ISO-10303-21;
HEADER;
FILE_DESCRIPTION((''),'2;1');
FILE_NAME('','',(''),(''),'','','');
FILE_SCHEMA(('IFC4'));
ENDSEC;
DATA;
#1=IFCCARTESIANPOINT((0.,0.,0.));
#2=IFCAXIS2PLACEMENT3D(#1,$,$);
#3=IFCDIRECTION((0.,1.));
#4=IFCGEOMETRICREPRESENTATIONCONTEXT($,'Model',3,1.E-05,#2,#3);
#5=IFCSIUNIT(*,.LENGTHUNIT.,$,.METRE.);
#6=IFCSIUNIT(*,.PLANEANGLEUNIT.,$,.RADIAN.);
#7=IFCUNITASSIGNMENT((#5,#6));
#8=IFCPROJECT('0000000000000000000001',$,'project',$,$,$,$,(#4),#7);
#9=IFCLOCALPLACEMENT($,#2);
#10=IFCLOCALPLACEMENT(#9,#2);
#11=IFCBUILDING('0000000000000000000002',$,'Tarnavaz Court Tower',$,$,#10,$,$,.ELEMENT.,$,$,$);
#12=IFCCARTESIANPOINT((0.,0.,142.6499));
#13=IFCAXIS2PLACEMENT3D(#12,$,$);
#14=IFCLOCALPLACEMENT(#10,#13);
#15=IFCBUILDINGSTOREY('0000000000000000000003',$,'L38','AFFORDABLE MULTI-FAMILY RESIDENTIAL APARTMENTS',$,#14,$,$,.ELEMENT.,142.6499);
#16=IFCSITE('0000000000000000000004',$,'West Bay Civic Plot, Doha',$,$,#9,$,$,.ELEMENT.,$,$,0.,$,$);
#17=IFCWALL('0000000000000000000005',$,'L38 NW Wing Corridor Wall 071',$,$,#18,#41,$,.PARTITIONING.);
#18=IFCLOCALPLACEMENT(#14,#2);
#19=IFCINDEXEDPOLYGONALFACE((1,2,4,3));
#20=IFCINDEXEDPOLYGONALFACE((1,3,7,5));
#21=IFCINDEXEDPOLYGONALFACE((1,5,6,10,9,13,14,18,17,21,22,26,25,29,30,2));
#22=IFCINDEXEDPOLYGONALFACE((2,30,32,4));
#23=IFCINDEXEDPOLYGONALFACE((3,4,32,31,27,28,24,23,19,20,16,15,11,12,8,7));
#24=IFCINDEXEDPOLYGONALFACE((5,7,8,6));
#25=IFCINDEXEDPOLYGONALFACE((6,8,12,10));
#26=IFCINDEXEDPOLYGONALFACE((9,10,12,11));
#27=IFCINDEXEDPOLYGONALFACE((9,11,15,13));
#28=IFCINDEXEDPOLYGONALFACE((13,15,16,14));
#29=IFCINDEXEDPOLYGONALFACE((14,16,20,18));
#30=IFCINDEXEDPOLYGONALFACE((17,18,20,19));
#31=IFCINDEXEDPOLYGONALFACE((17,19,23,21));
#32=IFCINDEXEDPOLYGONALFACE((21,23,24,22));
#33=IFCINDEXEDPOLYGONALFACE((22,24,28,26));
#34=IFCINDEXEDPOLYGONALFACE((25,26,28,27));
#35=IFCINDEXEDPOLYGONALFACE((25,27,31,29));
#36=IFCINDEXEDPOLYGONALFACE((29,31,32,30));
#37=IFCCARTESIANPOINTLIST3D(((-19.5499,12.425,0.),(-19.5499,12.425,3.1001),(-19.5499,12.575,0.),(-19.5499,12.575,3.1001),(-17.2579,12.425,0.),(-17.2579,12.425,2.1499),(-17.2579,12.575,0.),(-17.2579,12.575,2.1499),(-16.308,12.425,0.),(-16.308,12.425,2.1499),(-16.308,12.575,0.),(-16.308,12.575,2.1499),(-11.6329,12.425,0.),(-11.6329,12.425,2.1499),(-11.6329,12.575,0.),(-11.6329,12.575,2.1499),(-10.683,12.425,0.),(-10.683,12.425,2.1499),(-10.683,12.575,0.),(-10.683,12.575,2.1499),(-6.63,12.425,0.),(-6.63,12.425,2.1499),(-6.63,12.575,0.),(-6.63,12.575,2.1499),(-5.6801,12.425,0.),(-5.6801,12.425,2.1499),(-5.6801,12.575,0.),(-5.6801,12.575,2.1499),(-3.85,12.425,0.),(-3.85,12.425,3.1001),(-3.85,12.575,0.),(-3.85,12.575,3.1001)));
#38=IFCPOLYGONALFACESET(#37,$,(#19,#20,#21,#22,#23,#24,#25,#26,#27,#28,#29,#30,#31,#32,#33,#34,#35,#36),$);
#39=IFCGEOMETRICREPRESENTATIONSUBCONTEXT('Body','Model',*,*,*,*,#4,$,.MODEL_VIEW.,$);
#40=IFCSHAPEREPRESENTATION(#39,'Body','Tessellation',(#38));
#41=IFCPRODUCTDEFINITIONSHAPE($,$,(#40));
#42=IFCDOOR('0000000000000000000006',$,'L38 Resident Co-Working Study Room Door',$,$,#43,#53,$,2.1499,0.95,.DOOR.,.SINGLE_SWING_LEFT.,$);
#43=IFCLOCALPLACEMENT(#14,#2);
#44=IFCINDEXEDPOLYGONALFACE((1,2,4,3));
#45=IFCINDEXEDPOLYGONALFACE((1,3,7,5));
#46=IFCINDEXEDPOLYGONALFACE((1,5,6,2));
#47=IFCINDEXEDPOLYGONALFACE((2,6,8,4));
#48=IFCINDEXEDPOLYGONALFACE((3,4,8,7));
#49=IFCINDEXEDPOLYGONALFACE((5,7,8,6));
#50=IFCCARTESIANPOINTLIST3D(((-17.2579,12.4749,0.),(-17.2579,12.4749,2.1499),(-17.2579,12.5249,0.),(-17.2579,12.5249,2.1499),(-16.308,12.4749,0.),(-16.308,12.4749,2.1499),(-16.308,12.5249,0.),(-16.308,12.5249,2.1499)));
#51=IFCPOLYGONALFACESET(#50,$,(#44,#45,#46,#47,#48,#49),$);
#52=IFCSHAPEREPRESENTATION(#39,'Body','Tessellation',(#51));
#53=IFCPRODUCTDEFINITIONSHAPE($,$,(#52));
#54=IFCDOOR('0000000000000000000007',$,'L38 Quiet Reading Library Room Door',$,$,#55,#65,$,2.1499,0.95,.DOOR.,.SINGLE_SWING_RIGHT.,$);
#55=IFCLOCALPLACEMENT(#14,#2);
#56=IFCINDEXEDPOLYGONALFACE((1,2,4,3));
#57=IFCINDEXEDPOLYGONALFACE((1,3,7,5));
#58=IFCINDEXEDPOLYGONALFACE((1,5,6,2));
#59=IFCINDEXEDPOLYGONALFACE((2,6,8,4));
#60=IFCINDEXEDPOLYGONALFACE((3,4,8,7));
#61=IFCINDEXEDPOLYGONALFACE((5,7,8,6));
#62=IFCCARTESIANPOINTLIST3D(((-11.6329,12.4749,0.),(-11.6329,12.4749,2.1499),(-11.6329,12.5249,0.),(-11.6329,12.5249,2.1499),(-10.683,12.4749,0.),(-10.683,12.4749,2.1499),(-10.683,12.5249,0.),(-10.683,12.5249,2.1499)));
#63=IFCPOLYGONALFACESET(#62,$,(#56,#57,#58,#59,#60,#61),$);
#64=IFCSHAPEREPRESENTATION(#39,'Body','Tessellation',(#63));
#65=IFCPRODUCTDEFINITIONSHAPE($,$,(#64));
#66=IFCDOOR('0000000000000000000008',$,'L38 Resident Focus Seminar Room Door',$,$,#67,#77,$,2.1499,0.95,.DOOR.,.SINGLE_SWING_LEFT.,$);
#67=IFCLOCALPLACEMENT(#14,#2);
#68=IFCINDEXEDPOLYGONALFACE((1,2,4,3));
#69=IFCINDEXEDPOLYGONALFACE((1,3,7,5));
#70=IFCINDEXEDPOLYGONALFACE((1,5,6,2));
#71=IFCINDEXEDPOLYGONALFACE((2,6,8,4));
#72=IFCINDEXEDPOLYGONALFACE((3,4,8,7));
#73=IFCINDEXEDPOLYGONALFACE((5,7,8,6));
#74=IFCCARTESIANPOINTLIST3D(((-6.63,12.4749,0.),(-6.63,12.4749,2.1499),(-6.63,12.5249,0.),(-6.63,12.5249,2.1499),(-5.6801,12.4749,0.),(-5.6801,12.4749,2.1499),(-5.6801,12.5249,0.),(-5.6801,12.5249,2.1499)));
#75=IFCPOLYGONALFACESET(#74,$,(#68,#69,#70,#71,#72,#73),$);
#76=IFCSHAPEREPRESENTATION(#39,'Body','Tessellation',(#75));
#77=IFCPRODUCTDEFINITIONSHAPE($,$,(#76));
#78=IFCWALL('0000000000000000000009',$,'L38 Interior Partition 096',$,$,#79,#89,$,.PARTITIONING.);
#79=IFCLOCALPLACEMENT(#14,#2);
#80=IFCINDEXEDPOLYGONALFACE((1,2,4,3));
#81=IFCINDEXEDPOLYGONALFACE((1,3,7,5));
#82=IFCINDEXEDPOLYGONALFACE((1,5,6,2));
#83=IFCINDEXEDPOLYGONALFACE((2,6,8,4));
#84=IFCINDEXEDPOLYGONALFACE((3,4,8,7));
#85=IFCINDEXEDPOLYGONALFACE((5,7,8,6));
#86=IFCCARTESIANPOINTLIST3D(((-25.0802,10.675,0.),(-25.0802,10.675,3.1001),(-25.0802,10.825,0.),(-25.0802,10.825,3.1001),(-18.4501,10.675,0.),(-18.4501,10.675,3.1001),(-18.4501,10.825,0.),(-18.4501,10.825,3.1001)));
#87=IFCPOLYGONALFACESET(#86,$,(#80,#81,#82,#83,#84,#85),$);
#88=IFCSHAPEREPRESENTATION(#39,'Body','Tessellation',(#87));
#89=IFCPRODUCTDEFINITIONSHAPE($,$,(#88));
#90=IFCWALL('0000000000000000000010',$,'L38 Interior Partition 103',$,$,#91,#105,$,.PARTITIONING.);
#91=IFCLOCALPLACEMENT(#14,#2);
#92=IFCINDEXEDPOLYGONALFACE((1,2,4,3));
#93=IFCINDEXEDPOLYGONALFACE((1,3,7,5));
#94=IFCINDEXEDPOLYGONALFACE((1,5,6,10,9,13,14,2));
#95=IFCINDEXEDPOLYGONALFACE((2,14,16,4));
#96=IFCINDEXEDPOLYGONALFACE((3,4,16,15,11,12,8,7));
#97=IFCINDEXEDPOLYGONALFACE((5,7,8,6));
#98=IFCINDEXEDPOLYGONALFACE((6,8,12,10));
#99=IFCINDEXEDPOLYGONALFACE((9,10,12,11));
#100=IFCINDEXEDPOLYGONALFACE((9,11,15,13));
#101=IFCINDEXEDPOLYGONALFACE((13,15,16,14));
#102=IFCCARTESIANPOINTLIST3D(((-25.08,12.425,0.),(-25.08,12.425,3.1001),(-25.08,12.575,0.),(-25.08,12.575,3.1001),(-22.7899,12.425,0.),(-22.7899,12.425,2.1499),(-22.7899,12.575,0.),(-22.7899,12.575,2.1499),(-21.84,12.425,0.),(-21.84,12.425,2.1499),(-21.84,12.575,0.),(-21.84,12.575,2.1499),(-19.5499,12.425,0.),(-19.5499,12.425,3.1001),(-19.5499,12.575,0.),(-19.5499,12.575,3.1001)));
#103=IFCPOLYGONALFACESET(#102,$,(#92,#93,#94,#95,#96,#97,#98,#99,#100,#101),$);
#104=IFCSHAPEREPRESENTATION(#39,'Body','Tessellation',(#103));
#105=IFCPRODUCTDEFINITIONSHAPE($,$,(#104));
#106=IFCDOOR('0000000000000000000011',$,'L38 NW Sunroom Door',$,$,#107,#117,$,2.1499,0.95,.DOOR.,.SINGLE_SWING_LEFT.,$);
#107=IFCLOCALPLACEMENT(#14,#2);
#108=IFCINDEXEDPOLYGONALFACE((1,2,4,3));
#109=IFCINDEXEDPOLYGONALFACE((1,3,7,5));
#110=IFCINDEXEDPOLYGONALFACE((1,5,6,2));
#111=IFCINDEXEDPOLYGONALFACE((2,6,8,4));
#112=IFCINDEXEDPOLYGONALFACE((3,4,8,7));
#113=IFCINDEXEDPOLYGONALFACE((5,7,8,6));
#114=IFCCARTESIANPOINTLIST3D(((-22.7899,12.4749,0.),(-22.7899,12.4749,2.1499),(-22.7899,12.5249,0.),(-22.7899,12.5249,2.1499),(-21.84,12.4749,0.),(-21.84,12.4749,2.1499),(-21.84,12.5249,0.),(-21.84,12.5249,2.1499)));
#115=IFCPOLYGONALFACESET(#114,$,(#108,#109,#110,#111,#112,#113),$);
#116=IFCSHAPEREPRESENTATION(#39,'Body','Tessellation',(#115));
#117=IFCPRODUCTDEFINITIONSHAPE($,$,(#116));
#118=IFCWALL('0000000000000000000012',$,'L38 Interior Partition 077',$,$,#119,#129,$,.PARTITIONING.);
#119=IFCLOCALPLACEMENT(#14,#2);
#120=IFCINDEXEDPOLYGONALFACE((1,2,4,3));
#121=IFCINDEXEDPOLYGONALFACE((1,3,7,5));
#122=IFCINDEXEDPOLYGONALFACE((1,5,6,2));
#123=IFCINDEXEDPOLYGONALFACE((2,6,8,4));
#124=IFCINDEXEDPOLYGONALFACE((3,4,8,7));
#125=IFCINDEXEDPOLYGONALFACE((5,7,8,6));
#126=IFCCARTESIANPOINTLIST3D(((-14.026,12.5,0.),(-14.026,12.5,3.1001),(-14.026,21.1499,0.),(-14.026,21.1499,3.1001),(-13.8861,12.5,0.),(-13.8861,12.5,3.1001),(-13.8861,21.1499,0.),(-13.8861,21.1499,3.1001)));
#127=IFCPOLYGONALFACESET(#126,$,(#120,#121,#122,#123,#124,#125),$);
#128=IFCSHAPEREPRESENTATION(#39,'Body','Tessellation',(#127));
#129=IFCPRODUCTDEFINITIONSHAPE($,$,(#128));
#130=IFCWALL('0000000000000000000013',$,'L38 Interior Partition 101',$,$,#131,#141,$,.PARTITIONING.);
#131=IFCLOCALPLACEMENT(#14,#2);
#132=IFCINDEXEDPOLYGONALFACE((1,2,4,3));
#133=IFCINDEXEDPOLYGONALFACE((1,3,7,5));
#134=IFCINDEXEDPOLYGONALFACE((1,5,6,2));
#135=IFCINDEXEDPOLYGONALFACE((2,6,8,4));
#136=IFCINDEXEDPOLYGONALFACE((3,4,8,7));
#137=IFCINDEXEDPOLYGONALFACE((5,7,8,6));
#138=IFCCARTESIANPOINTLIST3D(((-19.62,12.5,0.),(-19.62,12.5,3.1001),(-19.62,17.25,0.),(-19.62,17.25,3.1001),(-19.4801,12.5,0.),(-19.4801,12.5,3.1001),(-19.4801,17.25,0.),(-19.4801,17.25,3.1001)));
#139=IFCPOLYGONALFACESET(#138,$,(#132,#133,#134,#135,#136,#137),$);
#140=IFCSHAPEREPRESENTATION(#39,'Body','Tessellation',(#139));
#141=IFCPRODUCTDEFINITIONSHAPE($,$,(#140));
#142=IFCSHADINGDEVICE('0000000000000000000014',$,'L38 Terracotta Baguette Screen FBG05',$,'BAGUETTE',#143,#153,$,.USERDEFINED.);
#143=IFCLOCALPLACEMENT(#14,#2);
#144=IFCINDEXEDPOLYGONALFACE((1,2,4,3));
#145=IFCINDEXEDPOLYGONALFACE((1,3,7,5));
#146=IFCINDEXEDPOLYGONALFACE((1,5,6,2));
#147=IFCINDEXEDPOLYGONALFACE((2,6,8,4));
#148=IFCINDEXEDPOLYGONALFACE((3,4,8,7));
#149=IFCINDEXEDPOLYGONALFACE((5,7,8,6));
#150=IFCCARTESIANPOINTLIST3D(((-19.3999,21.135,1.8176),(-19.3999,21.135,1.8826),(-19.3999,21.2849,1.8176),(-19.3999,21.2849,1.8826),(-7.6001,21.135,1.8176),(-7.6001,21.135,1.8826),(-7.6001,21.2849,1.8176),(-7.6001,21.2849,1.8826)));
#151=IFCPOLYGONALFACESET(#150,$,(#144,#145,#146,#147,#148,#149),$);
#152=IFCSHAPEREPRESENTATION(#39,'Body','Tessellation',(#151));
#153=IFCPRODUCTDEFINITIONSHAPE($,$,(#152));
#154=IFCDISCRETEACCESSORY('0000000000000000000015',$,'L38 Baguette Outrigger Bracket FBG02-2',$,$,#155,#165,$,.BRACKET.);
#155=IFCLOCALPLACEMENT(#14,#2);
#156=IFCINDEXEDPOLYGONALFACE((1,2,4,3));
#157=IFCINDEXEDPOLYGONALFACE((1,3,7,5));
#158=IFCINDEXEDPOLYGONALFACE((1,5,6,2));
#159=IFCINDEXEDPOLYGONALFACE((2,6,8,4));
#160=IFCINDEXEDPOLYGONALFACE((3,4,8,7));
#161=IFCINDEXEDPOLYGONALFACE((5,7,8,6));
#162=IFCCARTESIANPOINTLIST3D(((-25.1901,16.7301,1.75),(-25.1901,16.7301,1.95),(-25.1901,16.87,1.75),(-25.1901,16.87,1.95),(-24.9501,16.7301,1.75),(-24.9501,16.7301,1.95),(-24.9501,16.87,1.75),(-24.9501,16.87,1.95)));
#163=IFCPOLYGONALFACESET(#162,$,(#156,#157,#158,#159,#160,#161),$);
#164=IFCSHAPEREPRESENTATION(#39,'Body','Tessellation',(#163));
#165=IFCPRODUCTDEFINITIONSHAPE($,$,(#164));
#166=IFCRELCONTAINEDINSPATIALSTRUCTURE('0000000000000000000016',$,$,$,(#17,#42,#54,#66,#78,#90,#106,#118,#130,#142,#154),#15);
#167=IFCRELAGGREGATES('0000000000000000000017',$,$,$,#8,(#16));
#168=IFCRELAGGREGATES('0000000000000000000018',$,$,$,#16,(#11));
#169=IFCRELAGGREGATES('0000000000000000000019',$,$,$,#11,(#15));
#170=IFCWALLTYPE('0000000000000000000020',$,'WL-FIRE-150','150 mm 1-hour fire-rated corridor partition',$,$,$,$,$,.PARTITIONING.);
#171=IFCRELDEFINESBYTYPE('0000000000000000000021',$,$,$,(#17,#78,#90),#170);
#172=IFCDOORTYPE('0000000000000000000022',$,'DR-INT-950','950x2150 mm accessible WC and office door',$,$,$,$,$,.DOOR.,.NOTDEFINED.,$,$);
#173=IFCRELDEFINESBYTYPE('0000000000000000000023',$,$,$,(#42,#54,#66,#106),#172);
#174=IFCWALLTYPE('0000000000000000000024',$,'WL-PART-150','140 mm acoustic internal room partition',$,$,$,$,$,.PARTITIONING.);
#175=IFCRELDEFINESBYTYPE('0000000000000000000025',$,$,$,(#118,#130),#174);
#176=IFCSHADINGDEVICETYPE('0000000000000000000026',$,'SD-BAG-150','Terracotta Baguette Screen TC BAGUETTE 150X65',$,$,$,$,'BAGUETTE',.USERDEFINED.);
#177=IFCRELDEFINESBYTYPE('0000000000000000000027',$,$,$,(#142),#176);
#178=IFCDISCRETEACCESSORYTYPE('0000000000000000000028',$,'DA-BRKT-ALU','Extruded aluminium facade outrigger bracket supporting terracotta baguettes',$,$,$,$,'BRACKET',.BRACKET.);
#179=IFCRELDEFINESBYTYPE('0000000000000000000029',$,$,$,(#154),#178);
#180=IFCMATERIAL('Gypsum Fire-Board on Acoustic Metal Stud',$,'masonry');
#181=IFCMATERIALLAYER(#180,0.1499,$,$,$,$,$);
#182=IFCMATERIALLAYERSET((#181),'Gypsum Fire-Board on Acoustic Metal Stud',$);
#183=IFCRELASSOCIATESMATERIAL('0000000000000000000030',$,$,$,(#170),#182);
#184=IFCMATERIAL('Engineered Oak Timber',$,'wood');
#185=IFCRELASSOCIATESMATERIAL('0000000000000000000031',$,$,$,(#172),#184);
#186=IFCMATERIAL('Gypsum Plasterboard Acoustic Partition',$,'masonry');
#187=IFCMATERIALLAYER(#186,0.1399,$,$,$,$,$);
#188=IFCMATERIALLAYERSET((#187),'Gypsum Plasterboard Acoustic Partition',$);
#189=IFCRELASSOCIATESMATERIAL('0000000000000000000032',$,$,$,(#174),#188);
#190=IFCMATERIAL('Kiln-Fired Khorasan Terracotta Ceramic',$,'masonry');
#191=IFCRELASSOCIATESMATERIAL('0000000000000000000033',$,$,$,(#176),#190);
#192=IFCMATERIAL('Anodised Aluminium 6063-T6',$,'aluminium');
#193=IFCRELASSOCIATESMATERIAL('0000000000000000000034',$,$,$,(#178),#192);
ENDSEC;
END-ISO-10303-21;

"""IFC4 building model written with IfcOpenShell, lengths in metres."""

from ifc_helpers import new_model, si_unit, direction, frame, frame_2d, origin, origin_2d, place, context, subcontext, project, spatial, rectangle, extrude, material, layer, layer_set, material_profile, profile_set, type_object, element, fill, save


model = new_model("IFC4")

# Units and contexts
model_context = context("Model", 3, precision=1e-05, world=origin(), true_north=direction((0.0, 1.0)))
body_context = subcontext(model_context, "Body", "Model", "MODEL_VIEW")
ifc_project = project(units=[si_unit("LENGTHUNIT", "METRE"), si_unit("PLANEANGLEUNIT", "RADIAN")], contexts=[model_context])

# Site, building, storey
site_placement = place(None, origin())
site = spatial("IfcSite", under=ifc_project, at=site_placement, Name="West Bay Civic Plot, Doha", CompositionType="ELEMENT", RefElevation=0.0)
building_placement = place(site_placement, origin())
building = spatial("IfcBuilding", under=site, at=building_placement, Name="Tarnavaz Court Tower", CompositionType="ELEMENT")
storey_placement = place(building_placement, frame((0.0, 0.0, 142.6499)))
storey = spatial("IfcBuildingStorey", under=building, at=storey_placement, Name="L38", Description="AFFORDABLE MULTI-FAMILY RESIDENTIAL APARTMENTS", CompositionType="ELEMENT", Elevation=142.6499)

# Wall, openings, doors
ifc_material_1 = material(Name="Gypsum Fire-Board on Acoustic Metal Stud", Category="masonry")
ifc_layer_1 = layer(ifc_material_1, 0.1499)
ifc_layer_set_1 = layer_set([ifc_layer_1], Name="Gypsum Fire-Board on Acoustic Metal Stud")
wall_type_1 = type_object("IfcWallType", Name="WL-FIRE-150", Description="150 mm 1-hour fire-rated corridor partition", PredefinedType="PARTITIONING", material=ifc_layer_set_1)
wall_1_placement = place(storey_placement, frame((-19.55, 12.5, 0.0), z_axis=(0.0, 0.0, 1.0), x_axis=(1.0, 0.0, 0.0)))
wall_1 = element("IfcWall", 1, at=wall_1_placement, inside=storey, type_object=wall_type_1, Name="L38 NW Wing Corridor Wall 071", PredefinedType="PARTITIONING", context=body_context, shape_type="SweptSolid", body=[
    extrude(rectangle(XDim=15.7, YDim=0.1499, at=frame_2d((7.8501, 0.0))), origin(), (0.0, 0.0, 1.0), 3.1001),
])
opening_1_placement = place(wall_1_placement, frame((2.292, 0.0, 0.0)))
opening_1 = element("IfcOpeningElement", 2, at=opening_1_placement, cuts=wall_1, PredefinedType="OPENING", context=body_context, shape_type="SweptSolid", body=[
    extrude(rectangle(XDim=0.95, YDim=2.1499, at=frame_2d((0.4751, 1.075))), frame((0.0, 0.085, 0.0), z_axis=(0.0, -1.0, 0.0), x_axis=(1.0, 0.0, 0.0)), (0.0, 0.0, 1.0), 0.1699),
])
opening_2_placement = place(wall_1_placement, frame((7.917, 0.0, 0.0)))
opening_2 = element("IfcOpeningElement", 3, at=opening_2_placement, cuts=wall_1, PredefinedType="OPENING", context=body_context, shape_type="SweptSolid", body=[
    extrude(rectangle(XDim=0.95, YDim=2.1499, at=frame_2d((0.4751, 1.075))), frame((0.0, 0.085, 0.0), z_axis=(0.0, -1.0, 0.0), x_axis=(1.0, 0.0, 0.0)), (0.0, 0.0, 1.0), 0.1699),
])
opening_3_placement = place(wall_1_placement, frame((12.9199, 0.0, 0.0)))
opening_3 = element("IfcOpeningElement", 4, at=opening_3_placement, cuts=wall_1, PredefinedType="OPENING", context=body_context, shape_type="SweptSolid", body=[
    extrude(rectangle(XDim=0.95, YDim=2.1499, at=frame_2d((0.4751, 1.075))), frame((0.0, 0.085, 0.0), z_axis=(0.0, -1.0, 0.0), x_axis=(1.0, 0.0, 0.0)), (0.0, 0.0, 1.0), 0.1699),
])
ifc_material_2 = material(Name="Engineered Oak Timber", Category="wood")
door_type = type_object("IfcDoorType", Name="DR-INT-950", Description="950x2150 mm accessible WC and office door", OperationType="NOTDEFINED", PredefinedType="DOOR", material=ifc_material_2)
door_1_placement = place(opening_1_placement, origin())
door_1 = element("IfcDoor", 5, at=door_1_placement, inside=storey, type_object=door_type, Name="L38 Resident Co-Working Study Room Door", OperationType="SINGLE_SWING_LEFT", OverallHeight=2.1499, OverallWidth=0.95, PredefinedType="DOOR", context=body_context, shape_type="SweptSolid", body=[
    extrude(rectangle(XDim=0.95, YDim=2.1499, at=frame_2d((0.4751, 1.075))), frame((0.0, 0.0249, 0.0), z_axis=(0.0, -1.0, 0.0), x_axis=(1.0, 0.0, 0.0)), (0.0, 0.0, 1.0), 0.05),
])
fill(opening_1, door_1)
door_2_placement = place(opening_2_placement, origin())
door_2 = element("IfcDoor", 6, at=door_2_placement, inside=storey, type_object=door_type, Name="L38 Quiet Reading Library Room Door", OperationType="SINGLE_SWING_RIGHT", OverallHeight=2.1499, OverallWidth=0.95, PredefinedType="DOOR", context=body_context, shape_type="SweptSolid", body=[
    extrude(rectangle(XDim=0.95, YDim=2.1499, at=frame_2d((0.4751, 1.075))), frame((0.0, 0.0249, 0.0), z_axis=(0.0, -1.0, 0.0), x_axis=(1.0, 0.0, 0.0)), (0.0, 0.0, 1.0), 0.05),
])
fill(opening_2, door_2)
door_3_placement = place(opening_3_placement, origin())
door_3 = element("IfcDoor", 7, at=door_3_placement, inside=storey, type_object=door_type, Name="L38 Resident Focus Seminar Room Door", OperationType="SINGLE_SWING_LEFT", OverallHeight=2.1499, OverallWidth=0.95, PredefinedType="DOOR", context=body_context, shape_type="SweptSolid", body=[
    extrude(rectangle(XDim=0.95, YDim=2.1499, at=frame_2d((0.4751, 1.075))), frame((0.0, 0.0249, 0.0), z_axis=(0.0, -1.0, 0.0), x_axis=(1.0, 0.0, 0.0)), (0.0, 0.0, 1.0), 0.05),
])
fill(opening_3, door_3)

# Wall
wall_2_placement = place(storey_placement, frame((-25.0801, 10.75, 0.0), z_axis=(0.0, 0.0, 1.0), x_axis=(1.0, 0.0, 0.0)))
element("IfcWall", 8, at=wall_2_placement, inside=storey, type_object=wall_type_1, Name="L38 Interior Partition 096", PredefinedType="PARTITIONING", context=body_context, shape_type="SweptSolid", body=[
    extrude(rectangle(XDim=6.6301, YDim=0.1499, at=frame_2d((3.3149, 0.0))), origin(), (0.0, 0.0, 1.0), 3.1001),
])

# Wall, opening, door
wall_3_placement = place(storey_placement, frame((-25.0801, 12.5, 0.0), z_axis=(0.0, 0.0, 1.0), x_axis=(1.0, 0.0, 0.0)))
wall_3 = element("IfcWall", 9, at=wall_3_placement, inside=storey, type_object=wall_type_1, Name="L38 Interior Partition 103", PredefinedType="PARTITIONING", context=body_context, shape_type="SweptSolid", body=[
    extrude(rectangle(XDim=5.53, YDim=0.1499, at=frame_2d((2.7651, 0.0))), origin(), (0.0, 0.0, 1.0), 3.1001),
])
opening_4_placement = place(wall_3_placement, frame((2.29, 0.0, 0.0)))
opening_4 = element("IfcOpeningElement", 10, at=opening_4_placement, cuts=wall_3, PredefinedType="OPENING", context=body_context, shape_type="SweptSolid", body=[
    extrude(rectangle(XDim=0.95, YDim=2.1499, at=frame_2d((0.4751, 1.075))), frame((0.0, 0.085, 0.0), z_axis=(0.0, -1.0, 0.0), x_axis=(1.0, 0.0, 0.0)), (0.0, 0.0, 1.0), 0.1699),
])
door_4_placement = place(opening_4_placement, origin())
door_4 = element("IfcDoor", 11, at=door_4_placement, inside=storey, type_object=door_type, Name="L38 NW Sunroom Door", OperationType="SINGLE_SWING_LEFT", OverallHeight=2.1499, OverallWidth=0.95, PredefinedType="DOOR", context=body_context, shape_type="SweptSolid", body=[
    extrude(rectangle(XDim=0.95, YDim=2.1499, at=frame_2d((0.4751, 1.075))), frame((0.0, 0.0249, 0.0), z_axis=(0.0, -1.0, 0.0), x_axis=(1.0, 0.0, 0.0)), (0.0, 0.0, 1.0), 0.05),
])
fill(opening_4, door_4)

# Walls
ifc_material_3 = material(Name="Gypsum Plasterboard Acoustic Partition", Category="masonry")
ifc_layer_2 = layer(ifc_material_3, 0.1399)
ifc_layer_set_2 = layer_set([ifc_layer_2], Name="Gypsum Plasterboard Acoustic Partition")
wall_type_2 = type_object("IfcWallType", Name="WL-PART-150", Description="140 mm acoustic internal room partition", PredefinedType="PARTITIONING", material=ifc_layer_set_2)
wall_4_placement = place(storey_placement, frame((-13.9561, 12.5, 0.0), z_axis=(0.0, 0.0, 1.0), x_axis=(0.0, 1.0, 0.0)))
element("IfcWall", 12, at=wall_4_placement, inside=storey, type_object=wall_type_2, Name="L38 Interior Partition 077", PredefinedType="PARTITIONING", context=body_context, shape_type="SweptSolid", body=[
    extrude(rectangle(XDim=8.6499, YDim=0.1399, at=frame_2d((4.325, 0.0))), origin(), (0.0, 0.0, 1.0), 3.1001),
])
wall_5_placement = place(storey_placement, frame((-19.55, 12.5, 0.0), z_axis=(0.0, 0.0, 1.0), x_axis=(0.0, 1.0, 0.0)))
element("IfcWall", 13, at=wall_5_placement, inside=storey, type_object=wall_type_2, Name="L38 Interior Partition 101", PredefinedType="PARTITIONING", context=body_context, shape_type="SweptSolid", body=[
    extrude(rectangle(XDim=4.75, YDim=0.1399, at=frame_2d((2.375, 0.0))), origin(), (0.0, 0.0, 1.0), 3.1001),
])

# Shading device
ifc_material_4 = material(Name="Kiln-Fired Khorasan Terracotta Ceramic", Category="masonry")
ifc_material_profile_1 = material_profile(ifc_material_4, rectangle(XDim=0.1499, YDim=0.0649, at=origin_2d()), Name="TC BAGUETTE 150X65")
ifc_profile_set_1 = profile_set([ifc_material_profile_1], Name="Kiln-Fired Khorasan Terracotta Ceramic")
shading_device_type = type_object("IfcShadingDeviceType", Name="SD-BAG-150", Description="Terracotta Baguette Screen TC BAGUETTE 150X65", ElementType="BAGUETTE", PredefinedType="USERDEFINED", material=ifc_profile_set_1)
shading_device_placement = place(storey_placement, frame((-19.3999, 21.21, 1.8501), z_axis=(1.0, 0.0, 0.0), x_axis=(0.0, 1.0, 0.0)))
element("IfcShadingDevice", 14, at=shading_device_placement, inside=storey, type_object=shading_device_type, Name="L38 Terracotta Baguette Screen FBG05", ObjectType="BAGUETTE", PredefinedType="USERDEFINED", context=body_context, shape_type="SweptSolid", body=[
    extrude(rectangle(XDim=0.1499, YDim=0.0649, at=origin_2d()), origin(), (0.0, 0.0, 1.0), 11.7998),
])

# Discrete accessory
ifc_material_5 = material(Name="Anodised Aluminium 6063-T6", Category="aluminium")
discrete_accessory_type = type_object("IfcDiscreteAccessoryType", Name="DA-BRKT-ALU", Description="Extruded aluminium facade outrigger bracket supporting terracotta baguettes", ElementType="BRACKET", PredefinedType="BRACKET", material=ifc_material_5)
for number, where, z_axis, x_axis, name in (
    (15, (-25.0701, 16.8, 1.75), (0.0, 0.0, 1.0), (0.0, 1.0, 0.0), "L38 Baguette Outrigger Bracket FBG02-2"),
):
    element("IfcDiscreteAccessory", number, at=place(storey_placement, frame(where, z_axis=z_axis, x_axis=x_axis)), inside=storey, type_object=discrete_accessory_type, Name=name, PredefinedType="BRACKET", context=body_context, shape_type="SweptSolid", body=[
        extrude(rectangle(XDim=0.1399, YDim=0.24, at=origin_2d()), origin(), (0.0, 0.0, 1.0), 0.2),
    ])

save(model, "model.ifc")
